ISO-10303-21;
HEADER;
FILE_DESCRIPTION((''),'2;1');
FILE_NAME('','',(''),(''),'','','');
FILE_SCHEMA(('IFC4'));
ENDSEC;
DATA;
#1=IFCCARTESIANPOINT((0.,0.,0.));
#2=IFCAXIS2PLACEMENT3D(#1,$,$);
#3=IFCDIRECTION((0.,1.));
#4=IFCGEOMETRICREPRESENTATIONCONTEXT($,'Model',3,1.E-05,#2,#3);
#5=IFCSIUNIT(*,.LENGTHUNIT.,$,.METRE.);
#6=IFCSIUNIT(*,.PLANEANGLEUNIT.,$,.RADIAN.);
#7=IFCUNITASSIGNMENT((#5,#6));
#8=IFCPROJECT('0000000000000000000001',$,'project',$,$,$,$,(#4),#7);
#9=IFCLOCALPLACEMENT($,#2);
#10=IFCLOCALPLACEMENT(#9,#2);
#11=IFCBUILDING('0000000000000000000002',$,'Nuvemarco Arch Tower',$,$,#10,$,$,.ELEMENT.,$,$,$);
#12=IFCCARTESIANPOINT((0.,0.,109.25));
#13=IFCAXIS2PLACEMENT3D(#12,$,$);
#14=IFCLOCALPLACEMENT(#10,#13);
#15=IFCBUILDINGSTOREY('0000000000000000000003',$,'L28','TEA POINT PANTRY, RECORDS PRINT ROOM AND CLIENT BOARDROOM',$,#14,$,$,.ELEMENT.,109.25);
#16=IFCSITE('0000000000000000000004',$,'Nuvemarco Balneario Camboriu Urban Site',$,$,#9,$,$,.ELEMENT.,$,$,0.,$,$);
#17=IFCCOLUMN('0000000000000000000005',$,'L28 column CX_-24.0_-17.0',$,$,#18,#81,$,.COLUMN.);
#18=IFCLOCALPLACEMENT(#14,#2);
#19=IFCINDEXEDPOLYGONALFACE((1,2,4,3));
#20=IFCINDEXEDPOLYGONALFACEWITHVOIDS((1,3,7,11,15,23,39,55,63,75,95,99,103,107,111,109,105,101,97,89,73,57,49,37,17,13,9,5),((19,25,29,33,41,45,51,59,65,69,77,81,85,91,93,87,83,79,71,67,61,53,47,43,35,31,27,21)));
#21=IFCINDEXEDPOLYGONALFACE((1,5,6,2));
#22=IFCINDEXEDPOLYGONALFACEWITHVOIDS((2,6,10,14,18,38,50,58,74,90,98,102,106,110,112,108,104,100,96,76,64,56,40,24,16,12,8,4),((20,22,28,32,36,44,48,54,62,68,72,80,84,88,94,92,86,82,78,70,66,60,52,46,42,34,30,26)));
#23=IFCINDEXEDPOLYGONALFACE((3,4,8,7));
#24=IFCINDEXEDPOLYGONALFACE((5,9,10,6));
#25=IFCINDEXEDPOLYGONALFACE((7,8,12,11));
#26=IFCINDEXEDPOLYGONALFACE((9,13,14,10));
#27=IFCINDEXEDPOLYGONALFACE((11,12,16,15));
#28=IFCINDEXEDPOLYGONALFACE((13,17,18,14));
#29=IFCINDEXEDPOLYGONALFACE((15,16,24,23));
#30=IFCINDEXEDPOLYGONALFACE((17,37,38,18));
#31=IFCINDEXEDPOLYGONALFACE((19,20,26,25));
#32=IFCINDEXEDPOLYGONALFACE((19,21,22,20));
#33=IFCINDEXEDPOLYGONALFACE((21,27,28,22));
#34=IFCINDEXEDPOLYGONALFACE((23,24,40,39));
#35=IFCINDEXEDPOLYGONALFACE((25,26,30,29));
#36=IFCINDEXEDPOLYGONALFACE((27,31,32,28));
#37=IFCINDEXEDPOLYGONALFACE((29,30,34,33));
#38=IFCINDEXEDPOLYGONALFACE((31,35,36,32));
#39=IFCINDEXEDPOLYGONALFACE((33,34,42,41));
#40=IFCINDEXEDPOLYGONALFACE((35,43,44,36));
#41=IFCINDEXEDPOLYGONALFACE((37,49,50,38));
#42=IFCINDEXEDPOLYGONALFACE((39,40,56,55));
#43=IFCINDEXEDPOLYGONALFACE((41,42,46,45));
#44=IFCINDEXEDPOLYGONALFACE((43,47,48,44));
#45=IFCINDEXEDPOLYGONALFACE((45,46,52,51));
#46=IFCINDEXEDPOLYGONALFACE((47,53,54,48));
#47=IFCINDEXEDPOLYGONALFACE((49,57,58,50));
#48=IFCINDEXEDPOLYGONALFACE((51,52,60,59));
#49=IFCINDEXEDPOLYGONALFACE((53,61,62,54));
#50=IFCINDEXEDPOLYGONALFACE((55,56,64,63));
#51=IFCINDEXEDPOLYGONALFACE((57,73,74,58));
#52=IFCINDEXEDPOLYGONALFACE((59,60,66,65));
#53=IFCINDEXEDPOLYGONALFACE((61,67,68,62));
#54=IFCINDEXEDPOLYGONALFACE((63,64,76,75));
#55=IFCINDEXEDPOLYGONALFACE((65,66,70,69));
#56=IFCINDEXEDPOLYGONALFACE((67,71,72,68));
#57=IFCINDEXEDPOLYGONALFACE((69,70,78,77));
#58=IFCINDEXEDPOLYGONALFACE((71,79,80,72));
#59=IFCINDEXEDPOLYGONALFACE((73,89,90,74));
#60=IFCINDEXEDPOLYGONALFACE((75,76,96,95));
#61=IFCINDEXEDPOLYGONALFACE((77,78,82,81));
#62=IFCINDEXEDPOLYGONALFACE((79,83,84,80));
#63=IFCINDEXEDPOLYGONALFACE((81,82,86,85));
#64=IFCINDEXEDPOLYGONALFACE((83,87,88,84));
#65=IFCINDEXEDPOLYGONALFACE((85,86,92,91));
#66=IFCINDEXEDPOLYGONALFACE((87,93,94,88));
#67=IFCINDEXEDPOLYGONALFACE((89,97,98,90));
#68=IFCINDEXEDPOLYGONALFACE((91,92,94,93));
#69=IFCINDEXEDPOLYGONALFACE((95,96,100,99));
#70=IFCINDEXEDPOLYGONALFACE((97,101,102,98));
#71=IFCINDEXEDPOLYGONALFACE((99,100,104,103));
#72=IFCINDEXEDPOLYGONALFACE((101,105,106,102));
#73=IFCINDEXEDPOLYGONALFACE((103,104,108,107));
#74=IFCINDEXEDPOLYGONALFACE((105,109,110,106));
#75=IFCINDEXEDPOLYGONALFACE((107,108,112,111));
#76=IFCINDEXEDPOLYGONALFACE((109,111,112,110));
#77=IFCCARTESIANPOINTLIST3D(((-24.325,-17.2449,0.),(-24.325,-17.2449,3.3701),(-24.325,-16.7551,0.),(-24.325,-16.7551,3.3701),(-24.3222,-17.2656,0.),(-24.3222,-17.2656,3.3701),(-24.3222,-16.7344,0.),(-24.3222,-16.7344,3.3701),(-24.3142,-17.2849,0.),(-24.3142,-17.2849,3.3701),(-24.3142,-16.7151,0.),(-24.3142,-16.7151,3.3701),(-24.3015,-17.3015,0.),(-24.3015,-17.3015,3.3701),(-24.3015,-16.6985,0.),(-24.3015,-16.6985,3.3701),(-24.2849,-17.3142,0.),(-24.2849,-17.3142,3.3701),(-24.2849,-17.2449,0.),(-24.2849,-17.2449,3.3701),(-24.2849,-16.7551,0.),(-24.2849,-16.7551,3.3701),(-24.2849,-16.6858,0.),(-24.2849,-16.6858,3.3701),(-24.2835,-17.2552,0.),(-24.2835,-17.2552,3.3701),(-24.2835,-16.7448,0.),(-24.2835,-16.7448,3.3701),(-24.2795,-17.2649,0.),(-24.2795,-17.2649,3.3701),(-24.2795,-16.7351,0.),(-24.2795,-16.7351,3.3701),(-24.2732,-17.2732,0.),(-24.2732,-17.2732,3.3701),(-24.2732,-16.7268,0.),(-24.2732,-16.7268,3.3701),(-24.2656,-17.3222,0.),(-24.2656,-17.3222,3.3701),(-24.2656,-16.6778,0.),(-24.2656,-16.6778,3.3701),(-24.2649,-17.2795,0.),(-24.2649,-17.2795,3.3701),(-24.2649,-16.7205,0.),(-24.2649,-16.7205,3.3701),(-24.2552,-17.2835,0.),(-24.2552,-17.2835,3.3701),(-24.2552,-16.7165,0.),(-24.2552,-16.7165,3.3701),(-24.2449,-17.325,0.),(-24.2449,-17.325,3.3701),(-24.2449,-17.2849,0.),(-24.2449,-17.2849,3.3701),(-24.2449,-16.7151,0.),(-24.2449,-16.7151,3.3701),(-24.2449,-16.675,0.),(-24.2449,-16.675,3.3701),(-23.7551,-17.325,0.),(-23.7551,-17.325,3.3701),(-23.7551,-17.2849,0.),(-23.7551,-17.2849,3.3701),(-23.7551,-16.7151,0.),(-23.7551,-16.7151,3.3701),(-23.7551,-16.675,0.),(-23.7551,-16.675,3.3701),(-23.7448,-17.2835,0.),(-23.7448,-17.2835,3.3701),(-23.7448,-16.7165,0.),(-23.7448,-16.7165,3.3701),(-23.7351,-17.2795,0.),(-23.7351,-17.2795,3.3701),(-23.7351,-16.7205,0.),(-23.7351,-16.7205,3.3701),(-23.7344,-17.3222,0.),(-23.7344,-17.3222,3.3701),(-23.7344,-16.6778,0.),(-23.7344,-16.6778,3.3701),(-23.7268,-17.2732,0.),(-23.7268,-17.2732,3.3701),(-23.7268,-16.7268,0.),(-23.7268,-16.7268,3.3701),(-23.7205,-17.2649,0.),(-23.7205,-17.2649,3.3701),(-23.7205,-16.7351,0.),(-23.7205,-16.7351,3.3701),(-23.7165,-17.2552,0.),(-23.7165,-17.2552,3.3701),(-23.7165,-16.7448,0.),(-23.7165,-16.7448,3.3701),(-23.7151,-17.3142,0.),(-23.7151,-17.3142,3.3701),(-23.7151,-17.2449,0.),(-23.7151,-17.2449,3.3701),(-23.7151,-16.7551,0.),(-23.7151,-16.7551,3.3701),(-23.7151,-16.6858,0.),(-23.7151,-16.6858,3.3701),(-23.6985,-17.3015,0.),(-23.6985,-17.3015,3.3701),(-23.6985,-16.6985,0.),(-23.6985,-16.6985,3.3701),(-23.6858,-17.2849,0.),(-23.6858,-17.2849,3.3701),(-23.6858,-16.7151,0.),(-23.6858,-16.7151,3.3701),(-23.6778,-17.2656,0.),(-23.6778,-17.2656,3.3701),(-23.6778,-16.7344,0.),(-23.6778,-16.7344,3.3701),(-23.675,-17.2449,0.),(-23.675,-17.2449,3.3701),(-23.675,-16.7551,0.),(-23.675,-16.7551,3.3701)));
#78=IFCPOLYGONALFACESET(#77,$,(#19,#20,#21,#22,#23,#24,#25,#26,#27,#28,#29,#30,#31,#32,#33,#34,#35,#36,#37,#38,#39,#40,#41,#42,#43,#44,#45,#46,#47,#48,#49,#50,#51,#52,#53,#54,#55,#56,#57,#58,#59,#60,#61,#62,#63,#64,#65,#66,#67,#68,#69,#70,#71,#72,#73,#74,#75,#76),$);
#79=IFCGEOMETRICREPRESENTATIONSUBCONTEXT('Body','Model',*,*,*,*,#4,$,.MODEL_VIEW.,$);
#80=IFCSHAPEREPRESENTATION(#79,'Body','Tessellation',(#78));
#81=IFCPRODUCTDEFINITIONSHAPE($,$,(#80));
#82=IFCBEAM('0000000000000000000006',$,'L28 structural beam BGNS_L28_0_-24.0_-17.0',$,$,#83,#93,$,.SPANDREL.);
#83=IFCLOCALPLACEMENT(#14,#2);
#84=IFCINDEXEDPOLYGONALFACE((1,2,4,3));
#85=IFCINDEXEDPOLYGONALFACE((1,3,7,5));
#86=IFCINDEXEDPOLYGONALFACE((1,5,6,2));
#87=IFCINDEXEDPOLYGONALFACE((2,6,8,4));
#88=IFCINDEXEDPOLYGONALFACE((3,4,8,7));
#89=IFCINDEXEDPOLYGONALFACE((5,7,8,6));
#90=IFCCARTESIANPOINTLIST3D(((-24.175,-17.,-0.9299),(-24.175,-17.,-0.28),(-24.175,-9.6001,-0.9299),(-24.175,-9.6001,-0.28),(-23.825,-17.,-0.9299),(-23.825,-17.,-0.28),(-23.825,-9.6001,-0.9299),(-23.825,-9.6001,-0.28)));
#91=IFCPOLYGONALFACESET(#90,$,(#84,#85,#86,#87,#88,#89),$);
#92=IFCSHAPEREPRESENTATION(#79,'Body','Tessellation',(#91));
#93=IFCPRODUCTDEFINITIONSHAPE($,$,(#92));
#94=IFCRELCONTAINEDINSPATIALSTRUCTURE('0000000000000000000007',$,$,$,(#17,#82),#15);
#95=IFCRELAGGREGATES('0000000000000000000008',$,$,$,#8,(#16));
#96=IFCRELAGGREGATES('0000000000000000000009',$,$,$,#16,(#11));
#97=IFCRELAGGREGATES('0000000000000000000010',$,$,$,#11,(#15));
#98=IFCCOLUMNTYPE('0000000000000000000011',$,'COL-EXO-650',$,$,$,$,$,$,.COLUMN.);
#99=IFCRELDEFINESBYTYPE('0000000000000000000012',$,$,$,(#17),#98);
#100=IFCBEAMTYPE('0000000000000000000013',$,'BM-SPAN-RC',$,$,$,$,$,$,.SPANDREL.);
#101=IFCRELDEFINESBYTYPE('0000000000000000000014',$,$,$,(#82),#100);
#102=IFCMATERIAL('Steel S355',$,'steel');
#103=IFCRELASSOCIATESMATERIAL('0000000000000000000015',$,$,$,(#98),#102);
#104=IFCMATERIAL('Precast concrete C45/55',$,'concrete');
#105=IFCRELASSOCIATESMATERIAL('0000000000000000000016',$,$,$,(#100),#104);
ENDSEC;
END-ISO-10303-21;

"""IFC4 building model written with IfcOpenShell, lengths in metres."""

from ifc_helpers import new_model, si_unit, direction, frame, origin, origin_2d, place, context, subcontext, project, spatial, rectangle, hollow_rectangle, extrude, material, material_profile, profile_set, type_object, element, save


model = new_model("IFC4")

# Units and contexts
model_context = context("Model", 3, precision=1e-05, world=origin(), true_north=direction((0.0, 1.0)))
body_context = subcontext(model_context, "Body", "Model", "MODEL_VIEW")
ifc_project = project(units=[si_unit("LENGTHUNIT", "METRE"), si_unit("PLANEANGLEUNIT", "RADIAN")], contexts=[model_context])

# Site, building, storey
site_placement = place(None, origin())
site = spatial("IfcSite", under=ifc_project, at=site_placement, Name="Nuvemarco Balneario Camboriu Urban Site", CompositionType="ELEMENT", RefElevation=0.0)
building_placement = place(site_placement, origin())
building = spatial("IfcBuilding", under=site, at=building_placement, Name="Nuvemarco Arch Tower", CompositionType="ELEMENT")
storey_placement = place(building_placement, frame((0.0, 0.0, 109.25)))
storey = spatial("IfcBuildingStorey", under=building, at=storey_placement, Name="L28", Description="TEA POINT PANTRY, RECORDS PRINT ROOM AND CLIENT BOARDROOM", CompositionType="ELEMENT", Elevation=109.25)

# Column
ifc_material_1 = material(Name="Steel S355", Category="steel")
ifc_material_profile_1 = material_profile(ifc_material_1, hollow_rectangle(XDim=0.6499, YDim=0.6499, WallThickness=0.04, InnerFilletRadius=0.04, OuterFilletRadius=0.0801, at=origin_2d()), Name="SHS650x650x40")
ifc_profile_set_1 = profile_set([ifc_material_profile_1], Name="Steel S355")
column_type = type_object("IfcColumnType", Name="COL-EXO-650", PredefinedType="COLUMN", material=ifc_profile_set_1)
column_placement = place(storey_placement, frame((-24.0, -17.0, 0.0), z_axis=(0.0, 0.0, 1.0), x_axis=(1.0, 0.0, 0.0)))
element("IfcColumn", 1, at=column_placement, inside=storey, type_object=column_type, Name="L28 column CX_-24.0_-17.0", PredefinedType="COLUMN", context=body_context, shape_type="SweptSolid", body=[
    extrude(hollow_rectangle(XDim=0.6499, YDim=0.6499, WallThickness=0.04, InnerFilletRadius=0.04, OuterFilletRadius=0.0801, at=origin_2d()), origin(), (0.0, 0.0, 1.0), 3.3701),
])

# Beam
ifc_material_2 = material(Name="Precast concrete C45/55", Category="concrete")
ifc_material_profile_2 = material_profile(ifc_material_2, rectangle(XDim=0.3501, YDim=0.6499, at=origin_2d()), Name="PC-SP-350x650")
ifc_profile_set_2 = profile_set([ifc_material_profile_2], Name="Precast concrete C45/55")
beam_type = type_object("IfcBeamType", Name="BM-SPAN-RC", PredefinedType="SPANDREL", material=ifc_profile_set_2)
beam_placement = place(storey_placement, frame((-24.0, -17.0, -0.605), z_axis=(0.0, 1.0, 0.0), x_axis=(-1.0, 0.0, 0.0)))
element("IfcBeam", 2, at=beam_placement, inside=storey, type_object=beam_type, Name="L28 structural beam BGNS_L28_0_-24.0_-17.0", PredefinedType="SPANDREL", context=body_context, shape_type="SweptSolid", body=[
    extrude(rectangle(XDim=0.3501, YDim=0.6499, at=origin_2d()), origin(), (0.0, 0.0, 1.0), 7.3999),
])

save(model, "model.ifc")
